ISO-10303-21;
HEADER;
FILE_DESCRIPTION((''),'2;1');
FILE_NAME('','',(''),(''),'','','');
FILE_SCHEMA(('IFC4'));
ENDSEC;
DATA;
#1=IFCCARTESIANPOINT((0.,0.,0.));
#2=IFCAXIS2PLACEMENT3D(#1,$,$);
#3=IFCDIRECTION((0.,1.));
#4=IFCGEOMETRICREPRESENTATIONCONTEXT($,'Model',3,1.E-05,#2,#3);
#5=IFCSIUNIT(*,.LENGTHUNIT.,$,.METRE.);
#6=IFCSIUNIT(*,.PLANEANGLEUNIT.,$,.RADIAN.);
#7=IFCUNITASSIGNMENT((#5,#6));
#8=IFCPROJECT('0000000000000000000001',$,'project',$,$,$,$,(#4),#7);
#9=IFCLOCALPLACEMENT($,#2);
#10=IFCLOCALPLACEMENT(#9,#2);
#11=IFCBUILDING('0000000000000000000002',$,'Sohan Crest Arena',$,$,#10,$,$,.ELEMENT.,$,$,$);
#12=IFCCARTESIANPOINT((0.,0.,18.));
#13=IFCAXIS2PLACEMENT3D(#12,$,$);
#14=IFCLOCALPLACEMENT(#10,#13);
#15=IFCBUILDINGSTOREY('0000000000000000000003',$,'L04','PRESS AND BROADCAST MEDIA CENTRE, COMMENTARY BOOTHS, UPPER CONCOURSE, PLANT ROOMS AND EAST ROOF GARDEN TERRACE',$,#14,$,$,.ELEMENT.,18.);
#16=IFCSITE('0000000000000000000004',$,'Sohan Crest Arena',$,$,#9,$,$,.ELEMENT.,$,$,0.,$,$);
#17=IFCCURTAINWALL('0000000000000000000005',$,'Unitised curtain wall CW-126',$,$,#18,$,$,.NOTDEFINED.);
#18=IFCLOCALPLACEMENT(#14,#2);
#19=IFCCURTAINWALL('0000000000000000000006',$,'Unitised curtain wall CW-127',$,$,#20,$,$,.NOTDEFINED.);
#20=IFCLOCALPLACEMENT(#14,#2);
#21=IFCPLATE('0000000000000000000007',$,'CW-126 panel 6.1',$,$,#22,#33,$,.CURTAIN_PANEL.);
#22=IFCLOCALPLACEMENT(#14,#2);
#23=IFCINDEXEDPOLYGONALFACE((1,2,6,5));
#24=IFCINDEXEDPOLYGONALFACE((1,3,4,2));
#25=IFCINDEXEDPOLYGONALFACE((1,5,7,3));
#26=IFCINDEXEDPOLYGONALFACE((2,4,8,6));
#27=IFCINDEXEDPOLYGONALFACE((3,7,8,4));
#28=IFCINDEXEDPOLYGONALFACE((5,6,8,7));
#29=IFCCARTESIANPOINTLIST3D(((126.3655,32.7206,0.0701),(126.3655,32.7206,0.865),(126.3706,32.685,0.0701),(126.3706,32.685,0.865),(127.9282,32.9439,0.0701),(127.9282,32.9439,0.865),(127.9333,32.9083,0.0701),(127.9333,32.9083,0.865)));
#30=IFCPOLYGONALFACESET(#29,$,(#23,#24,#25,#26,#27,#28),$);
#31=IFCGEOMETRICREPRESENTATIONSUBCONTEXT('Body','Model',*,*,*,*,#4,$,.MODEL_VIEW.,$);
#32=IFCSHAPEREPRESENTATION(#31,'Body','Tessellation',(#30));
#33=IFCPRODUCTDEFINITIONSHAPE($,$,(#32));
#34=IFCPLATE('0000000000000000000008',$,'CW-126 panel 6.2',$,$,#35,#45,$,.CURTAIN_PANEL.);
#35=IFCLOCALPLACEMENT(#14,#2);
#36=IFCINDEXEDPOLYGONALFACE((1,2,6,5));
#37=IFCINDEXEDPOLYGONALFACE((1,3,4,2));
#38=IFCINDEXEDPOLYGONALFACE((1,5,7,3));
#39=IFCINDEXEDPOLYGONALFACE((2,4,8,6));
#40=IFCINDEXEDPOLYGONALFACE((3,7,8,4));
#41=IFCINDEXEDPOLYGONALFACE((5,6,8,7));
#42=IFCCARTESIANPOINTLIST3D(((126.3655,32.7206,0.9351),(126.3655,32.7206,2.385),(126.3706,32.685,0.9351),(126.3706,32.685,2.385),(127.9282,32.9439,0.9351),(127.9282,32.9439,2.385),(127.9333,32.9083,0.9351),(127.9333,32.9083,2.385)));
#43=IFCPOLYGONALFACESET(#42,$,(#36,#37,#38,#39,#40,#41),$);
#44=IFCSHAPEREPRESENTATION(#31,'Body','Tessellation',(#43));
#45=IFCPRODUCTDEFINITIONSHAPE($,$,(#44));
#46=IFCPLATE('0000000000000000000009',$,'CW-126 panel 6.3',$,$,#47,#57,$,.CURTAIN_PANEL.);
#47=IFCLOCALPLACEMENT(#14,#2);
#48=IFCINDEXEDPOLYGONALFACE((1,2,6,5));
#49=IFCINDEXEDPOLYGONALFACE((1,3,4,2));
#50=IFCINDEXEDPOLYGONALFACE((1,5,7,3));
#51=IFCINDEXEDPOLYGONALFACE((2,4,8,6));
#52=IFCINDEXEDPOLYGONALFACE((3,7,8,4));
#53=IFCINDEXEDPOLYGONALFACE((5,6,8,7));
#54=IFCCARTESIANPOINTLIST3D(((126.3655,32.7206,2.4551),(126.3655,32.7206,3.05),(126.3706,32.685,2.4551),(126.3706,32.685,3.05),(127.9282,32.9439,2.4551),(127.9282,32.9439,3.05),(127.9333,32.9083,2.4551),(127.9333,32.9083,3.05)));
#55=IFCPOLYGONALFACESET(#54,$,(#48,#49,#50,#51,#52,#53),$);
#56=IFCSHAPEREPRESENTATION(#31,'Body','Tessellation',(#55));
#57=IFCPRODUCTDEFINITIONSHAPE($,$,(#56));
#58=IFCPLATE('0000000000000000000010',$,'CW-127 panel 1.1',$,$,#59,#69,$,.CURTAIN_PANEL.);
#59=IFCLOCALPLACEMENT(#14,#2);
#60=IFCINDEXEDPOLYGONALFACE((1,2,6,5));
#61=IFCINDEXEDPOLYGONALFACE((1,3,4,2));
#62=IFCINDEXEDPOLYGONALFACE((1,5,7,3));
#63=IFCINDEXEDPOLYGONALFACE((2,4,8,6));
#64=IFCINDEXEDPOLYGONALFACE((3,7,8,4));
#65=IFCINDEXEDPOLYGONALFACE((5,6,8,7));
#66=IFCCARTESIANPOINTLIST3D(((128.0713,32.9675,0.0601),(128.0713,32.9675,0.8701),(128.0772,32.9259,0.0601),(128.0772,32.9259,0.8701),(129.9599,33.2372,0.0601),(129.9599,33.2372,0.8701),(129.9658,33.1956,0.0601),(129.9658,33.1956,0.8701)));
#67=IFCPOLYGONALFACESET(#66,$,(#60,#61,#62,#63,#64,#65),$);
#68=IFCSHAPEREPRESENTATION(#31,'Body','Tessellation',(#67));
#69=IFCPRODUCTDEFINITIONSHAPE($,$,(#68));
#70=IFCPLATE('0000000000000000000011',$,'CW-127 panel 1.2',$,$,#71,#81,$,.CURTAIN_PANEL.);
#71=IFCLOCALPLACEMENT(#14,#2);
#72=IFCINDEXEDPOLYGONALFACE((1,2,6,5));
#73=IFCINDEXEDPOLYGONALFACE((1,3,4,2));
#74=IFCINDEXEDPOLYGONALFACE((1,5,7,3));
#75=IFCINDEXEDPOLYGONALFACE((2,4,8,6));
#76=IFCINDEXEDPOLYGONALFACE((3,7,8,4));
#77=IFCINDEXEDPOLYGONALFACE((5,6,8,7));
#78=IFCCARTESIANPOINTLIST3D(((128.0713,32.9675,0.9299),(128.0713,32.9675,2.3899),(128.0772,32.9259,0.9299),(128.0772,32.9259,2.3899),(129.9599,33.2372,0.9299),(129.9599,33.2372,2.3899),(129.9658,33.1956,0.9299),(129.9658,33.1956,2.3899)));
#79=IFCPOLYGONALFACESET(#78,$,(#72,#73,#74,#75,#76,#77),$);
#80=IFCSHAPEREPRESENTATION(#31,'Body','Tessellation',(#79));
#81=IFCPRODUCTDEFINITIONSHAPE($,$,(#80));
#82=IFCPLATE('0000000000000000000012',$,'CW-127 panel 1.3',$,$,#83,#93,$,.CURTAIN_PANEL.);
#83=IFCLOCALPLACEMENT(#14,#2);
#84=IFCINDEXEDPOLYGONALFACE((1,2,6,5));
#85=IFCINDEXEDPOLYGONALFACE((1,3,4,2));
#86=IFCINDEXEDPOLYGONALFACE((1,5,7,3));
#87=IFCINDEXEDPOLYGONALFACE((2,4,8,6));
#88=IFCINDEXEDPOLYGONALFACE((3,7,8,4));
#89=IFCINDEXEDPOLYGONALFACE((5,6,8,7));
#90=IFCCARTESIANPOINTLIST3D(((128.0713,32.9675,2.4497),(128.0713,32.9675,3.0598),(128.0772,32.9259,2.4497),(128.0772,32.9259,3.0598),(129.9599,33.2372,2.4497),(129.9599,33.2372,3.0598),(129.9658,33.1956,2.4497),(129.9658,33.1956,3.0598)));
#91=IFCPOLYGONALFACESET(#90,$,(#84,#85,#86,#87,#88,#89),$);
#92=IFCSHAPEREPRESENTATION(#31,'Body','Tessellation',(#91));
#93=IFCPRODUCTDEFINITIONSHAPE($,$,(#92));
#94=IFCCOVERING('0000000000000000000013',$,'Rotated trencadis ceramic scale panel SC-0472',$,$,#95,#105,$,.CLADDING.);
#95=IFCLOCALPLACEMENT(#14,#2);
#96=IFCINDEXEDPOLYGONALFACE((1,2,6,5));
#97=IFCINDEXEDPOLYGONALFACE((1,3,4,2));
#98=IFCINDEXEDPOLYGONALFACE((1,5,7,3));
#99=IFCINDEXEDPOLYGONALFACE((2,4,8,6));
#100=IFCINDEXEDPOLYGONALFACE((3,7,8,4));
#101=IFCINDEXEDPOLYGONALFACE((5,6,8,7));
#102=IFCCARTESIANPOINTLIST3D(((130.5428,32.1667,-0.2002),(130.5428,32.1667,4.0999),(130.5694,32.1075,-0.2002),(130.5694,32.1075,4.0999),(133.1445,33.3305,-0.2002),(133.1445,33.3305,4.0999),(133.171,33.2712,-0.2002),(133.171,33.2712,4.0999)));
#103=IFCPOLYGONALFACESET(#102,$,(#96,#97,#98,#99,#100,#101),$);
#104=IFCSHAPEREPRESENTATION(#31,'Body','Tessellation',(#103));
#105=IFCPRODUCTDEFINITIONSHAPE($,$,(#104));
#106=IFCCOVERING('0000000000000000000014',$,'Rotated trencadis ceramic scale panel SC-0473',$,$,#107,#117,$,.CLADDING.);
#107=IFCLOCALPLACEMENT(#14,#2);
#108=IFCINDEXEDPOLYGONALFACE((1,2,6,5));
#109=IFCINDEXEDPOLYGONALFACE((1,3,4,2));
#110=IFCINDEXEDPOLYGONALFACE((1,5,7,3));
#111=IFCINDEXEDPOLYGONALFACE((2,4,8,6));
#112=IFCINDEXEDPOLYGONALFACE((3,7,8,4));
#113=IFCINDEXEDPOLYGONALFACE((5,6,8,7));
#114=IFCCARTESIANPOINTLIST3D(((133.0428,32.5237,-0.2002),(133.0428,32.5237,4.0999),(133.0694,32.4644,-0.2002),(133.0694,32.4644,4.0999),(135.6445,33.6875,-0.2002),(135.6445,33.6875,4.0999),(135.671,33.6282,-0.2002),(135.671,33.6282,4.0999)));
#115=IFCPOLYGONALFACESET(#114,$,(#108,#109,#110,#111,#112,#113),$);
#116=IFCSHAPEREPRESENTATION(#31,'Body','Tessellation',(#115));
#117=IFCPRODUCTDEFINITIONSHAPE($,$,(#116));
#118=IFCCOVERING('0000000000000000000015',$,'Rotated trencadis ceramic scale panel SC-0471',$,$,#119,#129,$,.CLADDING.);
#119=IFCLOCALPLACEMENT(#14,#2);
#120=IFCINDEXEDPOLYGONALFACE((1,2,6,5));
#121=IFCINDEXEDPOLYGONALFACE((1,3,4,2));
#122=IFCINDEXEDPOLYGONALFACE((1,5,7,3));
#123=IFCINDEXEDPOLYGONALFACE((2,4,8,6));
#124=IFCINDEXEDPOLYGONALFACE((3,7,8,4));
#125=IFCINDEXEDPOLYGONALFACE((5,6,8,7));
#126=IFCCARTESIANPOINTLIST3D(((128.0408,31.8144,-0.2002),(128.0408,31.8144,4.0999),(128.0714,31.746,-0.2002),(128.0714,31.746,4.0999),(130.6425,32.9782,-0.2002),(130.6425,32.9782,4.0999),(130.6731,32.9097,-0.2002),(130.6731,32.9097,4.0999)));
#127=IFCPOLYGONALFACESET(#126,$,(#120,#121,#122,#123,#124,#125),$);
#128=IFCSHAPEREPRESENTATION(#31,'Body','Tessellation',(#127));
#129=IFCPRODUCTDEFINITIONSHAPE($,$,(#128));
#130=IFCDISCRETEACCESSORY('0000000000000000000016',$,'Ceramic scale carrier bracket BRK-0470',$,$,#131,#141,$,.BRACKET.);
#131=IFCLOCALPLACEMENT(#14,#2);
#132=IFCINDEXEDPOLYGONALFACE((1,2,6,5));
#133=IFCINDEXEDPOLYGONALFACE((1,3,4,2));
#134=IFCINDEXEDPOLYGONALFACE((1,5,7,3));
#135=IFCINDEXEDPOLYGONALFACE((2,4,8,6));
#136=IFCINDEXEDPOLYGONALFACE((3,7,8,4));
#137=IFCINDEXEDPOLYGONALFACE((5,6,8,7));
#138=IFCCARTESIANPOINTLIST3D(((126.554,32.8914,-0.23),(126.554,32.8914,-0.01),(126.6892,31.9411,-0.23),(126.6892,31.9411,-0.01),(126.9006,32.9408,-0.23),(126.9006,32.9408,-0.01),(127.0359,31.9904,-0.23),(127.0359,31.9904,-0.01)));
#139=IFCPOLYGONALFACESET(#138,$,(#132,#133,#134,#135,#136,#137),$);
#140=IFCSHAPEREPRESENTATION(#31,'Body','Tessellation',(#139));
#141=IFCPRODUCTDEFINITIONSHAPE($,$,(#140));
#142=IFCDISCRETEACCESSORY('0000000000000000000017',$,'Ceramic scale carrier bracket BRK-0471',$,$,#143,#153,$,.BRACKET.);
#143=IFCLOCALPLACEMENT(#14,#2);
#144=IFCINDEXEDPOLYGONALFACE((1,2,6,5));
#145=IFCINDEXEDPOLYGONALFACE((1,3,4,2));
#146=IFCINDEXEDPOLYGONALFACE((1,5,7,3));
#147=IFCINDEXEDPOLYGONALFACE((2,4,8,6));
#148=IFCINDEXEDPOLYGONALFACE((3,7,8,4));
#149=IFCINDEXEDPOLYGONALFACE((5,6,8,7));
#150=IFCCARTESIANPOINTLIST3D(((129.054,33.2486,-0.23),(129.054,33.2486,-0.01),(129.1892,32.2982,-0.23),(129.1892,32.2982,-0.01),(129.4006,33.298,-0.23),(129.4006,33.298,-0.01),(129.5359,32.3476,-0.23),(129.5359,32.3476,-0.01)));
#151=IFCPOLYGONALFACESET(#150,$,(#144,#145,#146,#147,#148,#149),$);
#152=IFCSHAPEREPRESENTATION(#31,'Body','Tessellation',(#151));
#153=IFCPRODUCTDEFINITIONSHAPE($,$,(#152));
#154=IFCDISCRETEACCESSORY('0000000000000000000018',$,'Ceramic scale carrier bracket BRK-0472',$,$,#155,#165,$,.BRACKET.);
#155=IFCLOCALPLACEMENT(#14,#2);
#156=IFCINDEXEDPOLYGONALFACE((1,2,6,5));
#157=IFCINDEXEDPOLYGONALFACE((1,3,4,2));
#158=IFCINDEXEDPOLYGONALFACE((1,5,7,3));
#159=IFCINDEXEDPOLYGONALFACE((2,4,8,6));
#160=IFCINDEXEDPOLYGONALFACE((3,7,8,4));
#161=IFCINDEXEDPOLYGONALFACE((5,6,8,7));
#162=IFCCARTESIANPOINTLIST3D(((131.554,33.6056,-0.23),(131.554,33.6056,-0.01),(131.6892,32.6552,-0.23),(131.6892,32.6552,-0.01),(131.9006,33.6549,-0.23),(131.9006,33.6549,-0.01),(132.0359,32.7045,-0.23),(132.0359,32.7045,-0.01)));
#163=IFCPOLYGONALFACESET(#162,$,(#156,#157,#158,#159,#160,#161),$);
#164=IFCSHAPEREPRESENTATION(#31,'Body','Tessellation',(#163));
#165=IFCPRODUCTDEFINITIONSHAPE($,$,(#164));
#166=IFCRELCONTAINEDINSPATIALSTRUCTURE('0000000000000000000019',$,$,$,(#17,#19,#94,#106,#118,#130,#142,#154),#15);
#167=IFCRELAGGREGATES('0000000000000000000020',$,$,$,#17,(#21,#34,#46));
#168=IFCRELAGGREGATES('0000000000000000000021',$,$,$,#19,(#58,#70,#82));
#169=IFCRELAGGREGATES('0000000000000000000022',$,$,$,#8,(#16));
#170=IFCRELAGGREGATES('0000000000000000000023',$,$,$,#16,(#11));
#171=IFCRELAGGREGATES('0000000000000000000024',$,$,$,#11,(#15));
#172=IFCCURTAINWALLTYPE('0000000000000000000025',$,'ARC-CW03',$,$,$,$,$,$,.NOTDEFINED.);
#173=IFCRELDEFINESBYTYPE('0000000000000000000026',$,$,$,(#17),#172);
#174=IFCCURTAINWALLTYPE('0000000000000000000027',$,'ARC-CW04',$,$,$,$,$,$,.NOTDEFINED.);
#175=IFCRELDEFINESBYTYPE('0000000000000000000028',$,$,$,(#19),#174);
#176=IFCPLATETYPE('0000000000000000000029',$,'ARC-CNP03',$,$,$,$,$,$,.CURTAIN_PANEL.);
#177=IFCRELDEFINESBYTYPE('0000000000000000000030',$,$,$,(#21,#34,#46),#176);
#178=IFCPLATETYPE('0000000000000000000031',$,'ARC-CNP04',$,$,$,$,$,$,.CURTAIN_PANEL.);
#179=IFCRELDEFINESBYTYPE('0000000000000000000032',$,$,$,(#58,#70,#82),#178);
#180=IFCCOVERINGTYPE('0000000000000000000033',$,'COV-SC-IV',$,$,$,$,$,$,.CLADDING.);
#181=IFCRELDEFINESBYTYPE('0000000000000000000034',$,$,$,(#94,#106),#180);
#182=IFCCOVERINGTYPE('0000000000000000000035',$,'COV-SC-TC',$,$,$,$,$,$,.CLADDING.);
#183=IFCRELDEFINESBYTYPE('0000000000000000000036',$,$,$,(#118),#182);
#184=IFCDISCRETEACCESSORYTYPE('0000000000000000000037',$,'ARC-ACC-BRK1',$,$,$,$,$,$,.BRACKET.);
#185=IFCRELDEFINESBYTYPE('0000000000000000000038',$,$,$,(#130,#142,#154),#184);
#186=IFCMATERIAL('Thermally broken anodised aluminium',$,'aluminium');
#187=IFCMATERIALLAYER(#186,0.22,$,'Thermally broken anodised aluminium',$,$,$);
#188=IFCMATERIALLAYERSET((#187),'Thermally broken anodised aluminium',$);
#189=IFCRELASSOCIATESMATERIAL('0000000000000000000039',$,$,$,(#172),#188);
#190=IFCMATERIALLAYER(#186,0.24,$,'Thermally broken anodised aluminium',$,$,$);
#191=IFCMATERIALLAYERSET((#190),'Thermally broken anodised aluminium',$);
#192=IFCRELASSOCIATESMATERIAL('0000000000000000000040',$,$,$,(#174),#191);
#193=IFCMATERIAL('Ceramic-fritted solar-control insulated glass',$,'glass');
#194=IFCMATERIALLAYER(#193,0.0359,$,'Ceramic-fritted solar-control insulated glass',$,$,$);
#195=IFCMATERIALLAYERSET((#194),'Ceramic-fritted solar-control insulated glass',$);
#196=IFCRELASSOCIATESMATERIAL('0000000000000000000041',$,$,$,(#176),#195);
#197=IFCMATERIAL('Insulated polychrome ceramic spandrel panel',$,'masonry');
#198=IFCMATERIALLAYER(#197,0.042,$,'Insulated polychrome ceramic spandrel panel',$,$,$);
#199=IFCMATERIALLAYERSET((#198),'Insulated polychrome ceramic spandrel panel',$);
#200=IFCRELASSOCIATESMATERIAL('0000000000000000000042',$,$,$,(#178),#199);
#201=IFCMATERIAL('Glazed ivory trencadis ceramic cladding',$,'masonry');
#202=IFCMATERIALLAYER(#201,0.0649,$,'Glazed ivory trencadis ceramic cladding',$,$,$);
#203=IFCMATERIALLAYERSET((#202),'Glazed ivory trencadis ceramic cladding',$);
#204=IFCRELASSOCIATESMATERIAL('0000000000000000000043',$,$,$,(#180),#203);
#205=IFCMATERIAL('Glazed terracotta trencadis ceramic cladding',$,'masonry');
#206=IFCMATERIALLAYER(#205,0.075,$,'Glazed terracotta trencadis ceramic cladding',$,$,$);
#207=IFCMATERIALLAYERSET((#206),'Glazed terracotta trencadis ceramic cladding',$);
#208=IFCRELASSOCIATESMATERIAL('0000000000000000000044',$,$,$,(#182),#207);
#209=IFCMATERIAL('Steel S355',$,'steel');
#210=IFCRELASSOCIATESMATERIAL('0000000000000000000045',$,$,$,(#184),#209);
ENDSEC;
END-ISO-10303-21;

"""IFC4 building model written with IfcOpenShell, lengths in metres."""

from ifc_helpers import new_model, si_unit, direction, frame, origin, origin_2d, place, context, subcontext, project, spatial, rectangle, extrude, material, layer, layer_set, type_object, element, aggregate, save


model = new_model("IFC4")

# Units and contexts
model_context = context("Model", 3, precision=1e-05, world=origin(), true_north=direction((0.0, 1.0)))
body_context = subcontext(model_context, "Body", "Model", "MODEL_VIEW")
ifc_project = project(units=[si_unit("LENGTHUNIT", "METRE"), si_unit("PLANEANGLEUNIT", "RADIAN")], contexts=[model_context])

# Site, building, storey
site_placement = place(None, origin())
site = spatial("IfcSite", under=ifc_project, at=site_placement, Name="Sohan Crest Arena", CompositionType="ELEMENT", RefElevation=0.0)
building_placement = place(site_placement, origin())
building = spatial("IfcBuilding", under=site, at=building_placement, Name="Sohan Crest Arena", CompositionType="ELEMENT")
storey_placement = place(building_placement, frame((0.0, 0.0, 18.0)))
storey = spatial("IfcBuildingStorey", under=building, at=storey_placement, Name="L04", Description="PRESS AND BROADCAST MEDIA CENTRE, COMMENTARY BOOTHS, UPPER CONCOURSE, PLANT ROOMS AND EAST ROOF GARDEN TERRACE", CompositionType="ELEMENT", Elevation=18.0)

# Curtain walls
ifc_material_1 = material(Name="Thermally broken anodised aluminium", Category="aluminium")
ifc_layer_1 = layer(ifc_material_1, 0.22, Name="Thermally broken anodised aluminium")
ifc_layer_set_1 = layer_set([ifc_layer_1], Name="Thermally broken anodised aluminium")
curtain_wall_type_1 = type_object("IfcCurtainWallType", Name="ARC-CW03", PredefinedType="NOTDEFINED", material=ifc_layer_set_1)
curtain_wall_1_placement = place(storey_placement, origin())
curtain_wall_1 = element("IfcCurtainWall", 1, at=curtain_wall_1_placement, inside=storey, type_object=curtain_wall_type_1, Name="Unitised curtain wall CW-126", PredefinedType="NOTDEFINED")
ifc_layer_2 = layer(ifc_material_1, 0.24, Name="Thermally broken anodised aluminium")
ifc_layer_set_2 = layer_set([ifc_layer_2], Name="Thermally broken anodised aluminium")
curtain_wall_type_2 = type_object("IfcCurtainWallType", Name="ARC-CW04", PredefinedType="NOTDEFINED", material=ifc_layer_set_2)
curtain_wall_2_placement = place(storey_placement, origin())
curtain_wall_2 = element("IfcCurtainWall", 2, at=curtain_wall_2_placement, inside=storey, type_object=curtain_wall_type_2, Name="Unitised curtain wall CW-127", PredefinedType="NOTDEFINED")

# Plates
ifc_material_2 = material(Name="Ceramic-fritted solar-control insulated glass", Category="glass")
ifc_layer_3 = layer(ifc_material_2, 0.0359, Name="Ceramic-fritted solar-control insulated glass")
ifc_layer_set_3 = layer_set([ifc_layer_3], Name="Ceramic-fritted solar-control insulated glass")
plate_type_1 = type_object("IfcPlateType", Name="ARC-CNP03", PredefinedType="CURTAIN_PANEL", material=ifc_layer_set_3)
plate_1_placement = place(storey_placement, frame((127.1494, 32.8145, 0.0701), z_axis=(0.0, 0.0, 1.0), x_axis=(0.989944, 0.141463, 0.0)))
plate_1 = element("IfcPlate", 3, at=plate_1_placement, type_object=plate_type_1, Name="CW-126 panel 6.1", PredefinedType="CURTAIN_PANEL", context=body_context, shape_type="SweptSolid", body=[
    extrude(rectangle(XDim=1.5786, YDim=0.0359, at=origin_2d()), origin(), (0.0, 0.0, 1.0), 0.7949),
])
plate_2_placement = place(storey_placement, frame((127.1494, 32.8145, 0.9351), z_axis=(0.0, 0.0, 1.0), x_axis=(0.989944, 0.141463, 0.0)))
plate_2 = element("IfcPlate", 4, at=plate_2_placement, type_object=plate_type_1, Name="CW-126 panel 6.2", PredefinedType="CURTAIN_PANEL", context=body_context, shape_type="SweptSolid", body=[
    extrude(rectangle(XDim=1.5786, YDim=0.0359, at=origin_2d()), origin(), (0.0, 0.0, 1.0), 1.45),
])
plate_3_placement = place(storey_placement, frame((127.1494, 32.8145, 2.4551), z_axis=(0.0, 0.0, 1.0), x_axis=(0.989944, 0.141463, 0.0)))
plate_3 = element("IfcPlate", 5, at=plate_3_placement, type_object=plate_type_1, Name="CW-126 panel 6.3", PredefinedType="CURTAIN_PANEL", context=body_context, shape_type="SweptSolid", body=[
    extrude(rectangle(XDim=1.5786, YDim=0.0359, at=origin_2d()), origin(), (0.0, 0.0, 1.0), 0.595),
])
aggregate(curtain_wall_1, [plate_1, plate_2, plate_3])
ifc_material_3 = material(Name="Insulated polychrome ceramic spandrel panel", Category="masonry")
ifc_layer_4 = layer(ifc_material_3, 0.042, Name="Insulated polychrome ceramic spandrel panel")
ifc_layer_set_4 = layer_set([ifc_layer_4], Name="Insulated polychrome ceramic spandrel panel")
plate_type_2 = type_object("IfcPlateType", Name="ARC-CNP04", PredefinedType="CURTAIN_PANEL", material=ifc_layer_set_4)
plate_4_placement = place(storey_placement, frame((129.0186, 33.0815, 0.0601), z_axis=(0.0, 0.0, 1.0), x_axis=(0.989957, 0.141366, 0.0)))
plate_4 = element("IfcPlate", 6, at=plate_4_placement, type_object=plate_type_2, Name="CW-127 panel 1.1", PredefinedType="CURTAIN_PANEL", context=body_context, shape_type="SweptSolid", body=[
    extrude(rectangle(XDim=1.9077, YDim=0.042, at=origin_2d()), origin(), (0.0, 0.0, 1.0), 0.8101),
])
plate_5_placement = place(storey_placement, frame((129.0186, 33.0815, 0.9299), z_axis=(0.0, 0.0, 1.0), x_axis=(0.989957, 0.141366, 0.0)))
plate_5 = element("IfcPlate", 7, at=plate_5_placement, type_object=plate_type_2, Name="CW-127 panel 1.2", PredefinedType="CURTAIN_PANEL", context=body_context, shape_type="SweptSolid", body=[
    extrude(rectangle(XDim=1.9077, YDim=0.042, at=origin_2d()), origin(), (0.0, 0.0, 1.0), 1.46),
])
plate_6_placement = place(storey_placement, frame((129.0186, 33.0815, 2.4497), z_axis=(0.0, 0.0, 1.0), x_axis=(0.989957, 0.141366, 0.0)))
plate_6 = element("IfcPlate", 8, at=plate_6_placement, type_object=plate_type_2, Name="CW-127 panel 1.3", PredefinedType="CURTAIN_PANEL", context=body_context, shape_type="SweptSolid", body=[
    extrude(rectangle(XDim=1.9077, YDim=0.042, at=origin_2d()), origin(), (0.0, 0.0, 1.0), 0.6101),
])
aggregate(curtain_wall_2, [plate_4, plate_5, plate_6])

# Coverings
ifc_material_4 = material(Name="Glazed ivory trencadis ceramic cladding", Category="masonry")
ifc_layer_5 = layer(ifc_material_4, 0.0649, Name="Glazed ivory trencadis ceramic cladding")
ifc_layer_set_5 = layer_set([ifc_layer_5], Name="Glazed ivory trencadis ceramic cladding")
covering_type_1 = type_object("IfcCoveringType", Name="COV-SC-IV", PredefinedType="CLADDING", material=ifc_layer_set_5)
for number, where, z_axis, x_axis, name in (
    (9, (131.8569, 32.719, -0.2002), (0.0, 0.0, 1.0), (0.912834, 0.40833, 0.0), "Rotated trencadis ceramic scale panel SC-0472"),
    (10, (134.3569, 33.0759, -0.2002), (0.0, 0.0, 1.0), (0.912834, 0.40833, 0.0), "Rotated trencadis ceramic scale panel SC-0473"),
):
    element("IfcCovering", number, at=place(storey_placement, frame(where, z_axis=z_axis, x_axis=x_axis)), inside=storey, type_object=covering_type_1, Name=name, PredefinedType="CLADDING", context=body_context, shape_type="SweptSolid", body=[
        extrude(rectangle(XDim=2.8501, YDim=0.0649, at=origin_2d()), origin(), (0.0, 0.0, 1.0), 4.3),
    ])
ifc_material_5 = material(Name="Glazed terracotta trencadis ceramic cladding", Category="masonry")
ifc_layer_6 = layer(ifc_material_5, 0.075, Name="Glazed terracotta trencadis ceramic cladding")
ifc_layer_set_6 = layer_set([ifc_layer_6], Name="Glazed terracotta trencadis ceramic cladding")
covering_type_2 = type_object("IfcCoveringType", Name="COV-SC-TC", PredefinedType="CLADDING", material=ifc_layer_set_6)
covering_placement = place(storey_placement, frame((129.3569, 32.3621, -0.2002), z_axis=(0.0, 0.0, 1.0), x_axis=(0.912834, 0.40833, 0.0)))
element("IfcCovering", 11, at=covering_placement, inside=storey, type_object=covering_type_2, Name="Rotated trencadis ceramic scale panel SC-0471", PredefinedType="CLADDING", context=body_context, shape_type="SweptSolid", body=[
    extrude(rectangle(XDim=2.8501, YDim=0.075, at=origin_2d()), origin(), (0.0, 0.0, 1.0), 4.3),
])

# Discrete accessories
ifc_material_6 = material(Name="Steel S355", Category="steel")
discrete_accessory_type = type_object("IfcDiscreteAccessoryType", Name="ARC-ACC-BRK1", PredefinedType="BRACKET", material=ifc_material_6)
for number, where, z_axis, x_axis, name in (
    (12, (126.7949, 32.4409, -0.23), (0.0, 0.0, 1.0), (0.990024, 0.140901, 0.0), "Ceramic scale carrier bracket BRK-0470"),
    (13, (129.2949, 32.7981, -0.23), (0.0, 0.0, 1.0), (0.990024, 0.140901, 0.0), "Ceramic scale carrier bracket BRK-0471"),
    (14, (131.7949, 33.155, -0.23), (0.0, 0.0, 1.0), (0.990024, 0.140901, 0.0), "Ceramic scale carrier bracket BRK-0472"),
):
    element("IfcDiscreteAccessory", number, at=place(storey_placement, frame(where, z_axis=z_axis, x_axis=x_axis)), inside=storey, type_object=discrete_accessory_type, Name=name, PredefinedType="BRACKET", context=body_context, shape_type="SweptSolid", body=[
        extrude(rectangle(XDim=0.3501, YDim=0.96, at=origin_2d()), origin(), (0.0, 0.0, 1.0), 0.22),
    ])

save(model, "model.ifc")
